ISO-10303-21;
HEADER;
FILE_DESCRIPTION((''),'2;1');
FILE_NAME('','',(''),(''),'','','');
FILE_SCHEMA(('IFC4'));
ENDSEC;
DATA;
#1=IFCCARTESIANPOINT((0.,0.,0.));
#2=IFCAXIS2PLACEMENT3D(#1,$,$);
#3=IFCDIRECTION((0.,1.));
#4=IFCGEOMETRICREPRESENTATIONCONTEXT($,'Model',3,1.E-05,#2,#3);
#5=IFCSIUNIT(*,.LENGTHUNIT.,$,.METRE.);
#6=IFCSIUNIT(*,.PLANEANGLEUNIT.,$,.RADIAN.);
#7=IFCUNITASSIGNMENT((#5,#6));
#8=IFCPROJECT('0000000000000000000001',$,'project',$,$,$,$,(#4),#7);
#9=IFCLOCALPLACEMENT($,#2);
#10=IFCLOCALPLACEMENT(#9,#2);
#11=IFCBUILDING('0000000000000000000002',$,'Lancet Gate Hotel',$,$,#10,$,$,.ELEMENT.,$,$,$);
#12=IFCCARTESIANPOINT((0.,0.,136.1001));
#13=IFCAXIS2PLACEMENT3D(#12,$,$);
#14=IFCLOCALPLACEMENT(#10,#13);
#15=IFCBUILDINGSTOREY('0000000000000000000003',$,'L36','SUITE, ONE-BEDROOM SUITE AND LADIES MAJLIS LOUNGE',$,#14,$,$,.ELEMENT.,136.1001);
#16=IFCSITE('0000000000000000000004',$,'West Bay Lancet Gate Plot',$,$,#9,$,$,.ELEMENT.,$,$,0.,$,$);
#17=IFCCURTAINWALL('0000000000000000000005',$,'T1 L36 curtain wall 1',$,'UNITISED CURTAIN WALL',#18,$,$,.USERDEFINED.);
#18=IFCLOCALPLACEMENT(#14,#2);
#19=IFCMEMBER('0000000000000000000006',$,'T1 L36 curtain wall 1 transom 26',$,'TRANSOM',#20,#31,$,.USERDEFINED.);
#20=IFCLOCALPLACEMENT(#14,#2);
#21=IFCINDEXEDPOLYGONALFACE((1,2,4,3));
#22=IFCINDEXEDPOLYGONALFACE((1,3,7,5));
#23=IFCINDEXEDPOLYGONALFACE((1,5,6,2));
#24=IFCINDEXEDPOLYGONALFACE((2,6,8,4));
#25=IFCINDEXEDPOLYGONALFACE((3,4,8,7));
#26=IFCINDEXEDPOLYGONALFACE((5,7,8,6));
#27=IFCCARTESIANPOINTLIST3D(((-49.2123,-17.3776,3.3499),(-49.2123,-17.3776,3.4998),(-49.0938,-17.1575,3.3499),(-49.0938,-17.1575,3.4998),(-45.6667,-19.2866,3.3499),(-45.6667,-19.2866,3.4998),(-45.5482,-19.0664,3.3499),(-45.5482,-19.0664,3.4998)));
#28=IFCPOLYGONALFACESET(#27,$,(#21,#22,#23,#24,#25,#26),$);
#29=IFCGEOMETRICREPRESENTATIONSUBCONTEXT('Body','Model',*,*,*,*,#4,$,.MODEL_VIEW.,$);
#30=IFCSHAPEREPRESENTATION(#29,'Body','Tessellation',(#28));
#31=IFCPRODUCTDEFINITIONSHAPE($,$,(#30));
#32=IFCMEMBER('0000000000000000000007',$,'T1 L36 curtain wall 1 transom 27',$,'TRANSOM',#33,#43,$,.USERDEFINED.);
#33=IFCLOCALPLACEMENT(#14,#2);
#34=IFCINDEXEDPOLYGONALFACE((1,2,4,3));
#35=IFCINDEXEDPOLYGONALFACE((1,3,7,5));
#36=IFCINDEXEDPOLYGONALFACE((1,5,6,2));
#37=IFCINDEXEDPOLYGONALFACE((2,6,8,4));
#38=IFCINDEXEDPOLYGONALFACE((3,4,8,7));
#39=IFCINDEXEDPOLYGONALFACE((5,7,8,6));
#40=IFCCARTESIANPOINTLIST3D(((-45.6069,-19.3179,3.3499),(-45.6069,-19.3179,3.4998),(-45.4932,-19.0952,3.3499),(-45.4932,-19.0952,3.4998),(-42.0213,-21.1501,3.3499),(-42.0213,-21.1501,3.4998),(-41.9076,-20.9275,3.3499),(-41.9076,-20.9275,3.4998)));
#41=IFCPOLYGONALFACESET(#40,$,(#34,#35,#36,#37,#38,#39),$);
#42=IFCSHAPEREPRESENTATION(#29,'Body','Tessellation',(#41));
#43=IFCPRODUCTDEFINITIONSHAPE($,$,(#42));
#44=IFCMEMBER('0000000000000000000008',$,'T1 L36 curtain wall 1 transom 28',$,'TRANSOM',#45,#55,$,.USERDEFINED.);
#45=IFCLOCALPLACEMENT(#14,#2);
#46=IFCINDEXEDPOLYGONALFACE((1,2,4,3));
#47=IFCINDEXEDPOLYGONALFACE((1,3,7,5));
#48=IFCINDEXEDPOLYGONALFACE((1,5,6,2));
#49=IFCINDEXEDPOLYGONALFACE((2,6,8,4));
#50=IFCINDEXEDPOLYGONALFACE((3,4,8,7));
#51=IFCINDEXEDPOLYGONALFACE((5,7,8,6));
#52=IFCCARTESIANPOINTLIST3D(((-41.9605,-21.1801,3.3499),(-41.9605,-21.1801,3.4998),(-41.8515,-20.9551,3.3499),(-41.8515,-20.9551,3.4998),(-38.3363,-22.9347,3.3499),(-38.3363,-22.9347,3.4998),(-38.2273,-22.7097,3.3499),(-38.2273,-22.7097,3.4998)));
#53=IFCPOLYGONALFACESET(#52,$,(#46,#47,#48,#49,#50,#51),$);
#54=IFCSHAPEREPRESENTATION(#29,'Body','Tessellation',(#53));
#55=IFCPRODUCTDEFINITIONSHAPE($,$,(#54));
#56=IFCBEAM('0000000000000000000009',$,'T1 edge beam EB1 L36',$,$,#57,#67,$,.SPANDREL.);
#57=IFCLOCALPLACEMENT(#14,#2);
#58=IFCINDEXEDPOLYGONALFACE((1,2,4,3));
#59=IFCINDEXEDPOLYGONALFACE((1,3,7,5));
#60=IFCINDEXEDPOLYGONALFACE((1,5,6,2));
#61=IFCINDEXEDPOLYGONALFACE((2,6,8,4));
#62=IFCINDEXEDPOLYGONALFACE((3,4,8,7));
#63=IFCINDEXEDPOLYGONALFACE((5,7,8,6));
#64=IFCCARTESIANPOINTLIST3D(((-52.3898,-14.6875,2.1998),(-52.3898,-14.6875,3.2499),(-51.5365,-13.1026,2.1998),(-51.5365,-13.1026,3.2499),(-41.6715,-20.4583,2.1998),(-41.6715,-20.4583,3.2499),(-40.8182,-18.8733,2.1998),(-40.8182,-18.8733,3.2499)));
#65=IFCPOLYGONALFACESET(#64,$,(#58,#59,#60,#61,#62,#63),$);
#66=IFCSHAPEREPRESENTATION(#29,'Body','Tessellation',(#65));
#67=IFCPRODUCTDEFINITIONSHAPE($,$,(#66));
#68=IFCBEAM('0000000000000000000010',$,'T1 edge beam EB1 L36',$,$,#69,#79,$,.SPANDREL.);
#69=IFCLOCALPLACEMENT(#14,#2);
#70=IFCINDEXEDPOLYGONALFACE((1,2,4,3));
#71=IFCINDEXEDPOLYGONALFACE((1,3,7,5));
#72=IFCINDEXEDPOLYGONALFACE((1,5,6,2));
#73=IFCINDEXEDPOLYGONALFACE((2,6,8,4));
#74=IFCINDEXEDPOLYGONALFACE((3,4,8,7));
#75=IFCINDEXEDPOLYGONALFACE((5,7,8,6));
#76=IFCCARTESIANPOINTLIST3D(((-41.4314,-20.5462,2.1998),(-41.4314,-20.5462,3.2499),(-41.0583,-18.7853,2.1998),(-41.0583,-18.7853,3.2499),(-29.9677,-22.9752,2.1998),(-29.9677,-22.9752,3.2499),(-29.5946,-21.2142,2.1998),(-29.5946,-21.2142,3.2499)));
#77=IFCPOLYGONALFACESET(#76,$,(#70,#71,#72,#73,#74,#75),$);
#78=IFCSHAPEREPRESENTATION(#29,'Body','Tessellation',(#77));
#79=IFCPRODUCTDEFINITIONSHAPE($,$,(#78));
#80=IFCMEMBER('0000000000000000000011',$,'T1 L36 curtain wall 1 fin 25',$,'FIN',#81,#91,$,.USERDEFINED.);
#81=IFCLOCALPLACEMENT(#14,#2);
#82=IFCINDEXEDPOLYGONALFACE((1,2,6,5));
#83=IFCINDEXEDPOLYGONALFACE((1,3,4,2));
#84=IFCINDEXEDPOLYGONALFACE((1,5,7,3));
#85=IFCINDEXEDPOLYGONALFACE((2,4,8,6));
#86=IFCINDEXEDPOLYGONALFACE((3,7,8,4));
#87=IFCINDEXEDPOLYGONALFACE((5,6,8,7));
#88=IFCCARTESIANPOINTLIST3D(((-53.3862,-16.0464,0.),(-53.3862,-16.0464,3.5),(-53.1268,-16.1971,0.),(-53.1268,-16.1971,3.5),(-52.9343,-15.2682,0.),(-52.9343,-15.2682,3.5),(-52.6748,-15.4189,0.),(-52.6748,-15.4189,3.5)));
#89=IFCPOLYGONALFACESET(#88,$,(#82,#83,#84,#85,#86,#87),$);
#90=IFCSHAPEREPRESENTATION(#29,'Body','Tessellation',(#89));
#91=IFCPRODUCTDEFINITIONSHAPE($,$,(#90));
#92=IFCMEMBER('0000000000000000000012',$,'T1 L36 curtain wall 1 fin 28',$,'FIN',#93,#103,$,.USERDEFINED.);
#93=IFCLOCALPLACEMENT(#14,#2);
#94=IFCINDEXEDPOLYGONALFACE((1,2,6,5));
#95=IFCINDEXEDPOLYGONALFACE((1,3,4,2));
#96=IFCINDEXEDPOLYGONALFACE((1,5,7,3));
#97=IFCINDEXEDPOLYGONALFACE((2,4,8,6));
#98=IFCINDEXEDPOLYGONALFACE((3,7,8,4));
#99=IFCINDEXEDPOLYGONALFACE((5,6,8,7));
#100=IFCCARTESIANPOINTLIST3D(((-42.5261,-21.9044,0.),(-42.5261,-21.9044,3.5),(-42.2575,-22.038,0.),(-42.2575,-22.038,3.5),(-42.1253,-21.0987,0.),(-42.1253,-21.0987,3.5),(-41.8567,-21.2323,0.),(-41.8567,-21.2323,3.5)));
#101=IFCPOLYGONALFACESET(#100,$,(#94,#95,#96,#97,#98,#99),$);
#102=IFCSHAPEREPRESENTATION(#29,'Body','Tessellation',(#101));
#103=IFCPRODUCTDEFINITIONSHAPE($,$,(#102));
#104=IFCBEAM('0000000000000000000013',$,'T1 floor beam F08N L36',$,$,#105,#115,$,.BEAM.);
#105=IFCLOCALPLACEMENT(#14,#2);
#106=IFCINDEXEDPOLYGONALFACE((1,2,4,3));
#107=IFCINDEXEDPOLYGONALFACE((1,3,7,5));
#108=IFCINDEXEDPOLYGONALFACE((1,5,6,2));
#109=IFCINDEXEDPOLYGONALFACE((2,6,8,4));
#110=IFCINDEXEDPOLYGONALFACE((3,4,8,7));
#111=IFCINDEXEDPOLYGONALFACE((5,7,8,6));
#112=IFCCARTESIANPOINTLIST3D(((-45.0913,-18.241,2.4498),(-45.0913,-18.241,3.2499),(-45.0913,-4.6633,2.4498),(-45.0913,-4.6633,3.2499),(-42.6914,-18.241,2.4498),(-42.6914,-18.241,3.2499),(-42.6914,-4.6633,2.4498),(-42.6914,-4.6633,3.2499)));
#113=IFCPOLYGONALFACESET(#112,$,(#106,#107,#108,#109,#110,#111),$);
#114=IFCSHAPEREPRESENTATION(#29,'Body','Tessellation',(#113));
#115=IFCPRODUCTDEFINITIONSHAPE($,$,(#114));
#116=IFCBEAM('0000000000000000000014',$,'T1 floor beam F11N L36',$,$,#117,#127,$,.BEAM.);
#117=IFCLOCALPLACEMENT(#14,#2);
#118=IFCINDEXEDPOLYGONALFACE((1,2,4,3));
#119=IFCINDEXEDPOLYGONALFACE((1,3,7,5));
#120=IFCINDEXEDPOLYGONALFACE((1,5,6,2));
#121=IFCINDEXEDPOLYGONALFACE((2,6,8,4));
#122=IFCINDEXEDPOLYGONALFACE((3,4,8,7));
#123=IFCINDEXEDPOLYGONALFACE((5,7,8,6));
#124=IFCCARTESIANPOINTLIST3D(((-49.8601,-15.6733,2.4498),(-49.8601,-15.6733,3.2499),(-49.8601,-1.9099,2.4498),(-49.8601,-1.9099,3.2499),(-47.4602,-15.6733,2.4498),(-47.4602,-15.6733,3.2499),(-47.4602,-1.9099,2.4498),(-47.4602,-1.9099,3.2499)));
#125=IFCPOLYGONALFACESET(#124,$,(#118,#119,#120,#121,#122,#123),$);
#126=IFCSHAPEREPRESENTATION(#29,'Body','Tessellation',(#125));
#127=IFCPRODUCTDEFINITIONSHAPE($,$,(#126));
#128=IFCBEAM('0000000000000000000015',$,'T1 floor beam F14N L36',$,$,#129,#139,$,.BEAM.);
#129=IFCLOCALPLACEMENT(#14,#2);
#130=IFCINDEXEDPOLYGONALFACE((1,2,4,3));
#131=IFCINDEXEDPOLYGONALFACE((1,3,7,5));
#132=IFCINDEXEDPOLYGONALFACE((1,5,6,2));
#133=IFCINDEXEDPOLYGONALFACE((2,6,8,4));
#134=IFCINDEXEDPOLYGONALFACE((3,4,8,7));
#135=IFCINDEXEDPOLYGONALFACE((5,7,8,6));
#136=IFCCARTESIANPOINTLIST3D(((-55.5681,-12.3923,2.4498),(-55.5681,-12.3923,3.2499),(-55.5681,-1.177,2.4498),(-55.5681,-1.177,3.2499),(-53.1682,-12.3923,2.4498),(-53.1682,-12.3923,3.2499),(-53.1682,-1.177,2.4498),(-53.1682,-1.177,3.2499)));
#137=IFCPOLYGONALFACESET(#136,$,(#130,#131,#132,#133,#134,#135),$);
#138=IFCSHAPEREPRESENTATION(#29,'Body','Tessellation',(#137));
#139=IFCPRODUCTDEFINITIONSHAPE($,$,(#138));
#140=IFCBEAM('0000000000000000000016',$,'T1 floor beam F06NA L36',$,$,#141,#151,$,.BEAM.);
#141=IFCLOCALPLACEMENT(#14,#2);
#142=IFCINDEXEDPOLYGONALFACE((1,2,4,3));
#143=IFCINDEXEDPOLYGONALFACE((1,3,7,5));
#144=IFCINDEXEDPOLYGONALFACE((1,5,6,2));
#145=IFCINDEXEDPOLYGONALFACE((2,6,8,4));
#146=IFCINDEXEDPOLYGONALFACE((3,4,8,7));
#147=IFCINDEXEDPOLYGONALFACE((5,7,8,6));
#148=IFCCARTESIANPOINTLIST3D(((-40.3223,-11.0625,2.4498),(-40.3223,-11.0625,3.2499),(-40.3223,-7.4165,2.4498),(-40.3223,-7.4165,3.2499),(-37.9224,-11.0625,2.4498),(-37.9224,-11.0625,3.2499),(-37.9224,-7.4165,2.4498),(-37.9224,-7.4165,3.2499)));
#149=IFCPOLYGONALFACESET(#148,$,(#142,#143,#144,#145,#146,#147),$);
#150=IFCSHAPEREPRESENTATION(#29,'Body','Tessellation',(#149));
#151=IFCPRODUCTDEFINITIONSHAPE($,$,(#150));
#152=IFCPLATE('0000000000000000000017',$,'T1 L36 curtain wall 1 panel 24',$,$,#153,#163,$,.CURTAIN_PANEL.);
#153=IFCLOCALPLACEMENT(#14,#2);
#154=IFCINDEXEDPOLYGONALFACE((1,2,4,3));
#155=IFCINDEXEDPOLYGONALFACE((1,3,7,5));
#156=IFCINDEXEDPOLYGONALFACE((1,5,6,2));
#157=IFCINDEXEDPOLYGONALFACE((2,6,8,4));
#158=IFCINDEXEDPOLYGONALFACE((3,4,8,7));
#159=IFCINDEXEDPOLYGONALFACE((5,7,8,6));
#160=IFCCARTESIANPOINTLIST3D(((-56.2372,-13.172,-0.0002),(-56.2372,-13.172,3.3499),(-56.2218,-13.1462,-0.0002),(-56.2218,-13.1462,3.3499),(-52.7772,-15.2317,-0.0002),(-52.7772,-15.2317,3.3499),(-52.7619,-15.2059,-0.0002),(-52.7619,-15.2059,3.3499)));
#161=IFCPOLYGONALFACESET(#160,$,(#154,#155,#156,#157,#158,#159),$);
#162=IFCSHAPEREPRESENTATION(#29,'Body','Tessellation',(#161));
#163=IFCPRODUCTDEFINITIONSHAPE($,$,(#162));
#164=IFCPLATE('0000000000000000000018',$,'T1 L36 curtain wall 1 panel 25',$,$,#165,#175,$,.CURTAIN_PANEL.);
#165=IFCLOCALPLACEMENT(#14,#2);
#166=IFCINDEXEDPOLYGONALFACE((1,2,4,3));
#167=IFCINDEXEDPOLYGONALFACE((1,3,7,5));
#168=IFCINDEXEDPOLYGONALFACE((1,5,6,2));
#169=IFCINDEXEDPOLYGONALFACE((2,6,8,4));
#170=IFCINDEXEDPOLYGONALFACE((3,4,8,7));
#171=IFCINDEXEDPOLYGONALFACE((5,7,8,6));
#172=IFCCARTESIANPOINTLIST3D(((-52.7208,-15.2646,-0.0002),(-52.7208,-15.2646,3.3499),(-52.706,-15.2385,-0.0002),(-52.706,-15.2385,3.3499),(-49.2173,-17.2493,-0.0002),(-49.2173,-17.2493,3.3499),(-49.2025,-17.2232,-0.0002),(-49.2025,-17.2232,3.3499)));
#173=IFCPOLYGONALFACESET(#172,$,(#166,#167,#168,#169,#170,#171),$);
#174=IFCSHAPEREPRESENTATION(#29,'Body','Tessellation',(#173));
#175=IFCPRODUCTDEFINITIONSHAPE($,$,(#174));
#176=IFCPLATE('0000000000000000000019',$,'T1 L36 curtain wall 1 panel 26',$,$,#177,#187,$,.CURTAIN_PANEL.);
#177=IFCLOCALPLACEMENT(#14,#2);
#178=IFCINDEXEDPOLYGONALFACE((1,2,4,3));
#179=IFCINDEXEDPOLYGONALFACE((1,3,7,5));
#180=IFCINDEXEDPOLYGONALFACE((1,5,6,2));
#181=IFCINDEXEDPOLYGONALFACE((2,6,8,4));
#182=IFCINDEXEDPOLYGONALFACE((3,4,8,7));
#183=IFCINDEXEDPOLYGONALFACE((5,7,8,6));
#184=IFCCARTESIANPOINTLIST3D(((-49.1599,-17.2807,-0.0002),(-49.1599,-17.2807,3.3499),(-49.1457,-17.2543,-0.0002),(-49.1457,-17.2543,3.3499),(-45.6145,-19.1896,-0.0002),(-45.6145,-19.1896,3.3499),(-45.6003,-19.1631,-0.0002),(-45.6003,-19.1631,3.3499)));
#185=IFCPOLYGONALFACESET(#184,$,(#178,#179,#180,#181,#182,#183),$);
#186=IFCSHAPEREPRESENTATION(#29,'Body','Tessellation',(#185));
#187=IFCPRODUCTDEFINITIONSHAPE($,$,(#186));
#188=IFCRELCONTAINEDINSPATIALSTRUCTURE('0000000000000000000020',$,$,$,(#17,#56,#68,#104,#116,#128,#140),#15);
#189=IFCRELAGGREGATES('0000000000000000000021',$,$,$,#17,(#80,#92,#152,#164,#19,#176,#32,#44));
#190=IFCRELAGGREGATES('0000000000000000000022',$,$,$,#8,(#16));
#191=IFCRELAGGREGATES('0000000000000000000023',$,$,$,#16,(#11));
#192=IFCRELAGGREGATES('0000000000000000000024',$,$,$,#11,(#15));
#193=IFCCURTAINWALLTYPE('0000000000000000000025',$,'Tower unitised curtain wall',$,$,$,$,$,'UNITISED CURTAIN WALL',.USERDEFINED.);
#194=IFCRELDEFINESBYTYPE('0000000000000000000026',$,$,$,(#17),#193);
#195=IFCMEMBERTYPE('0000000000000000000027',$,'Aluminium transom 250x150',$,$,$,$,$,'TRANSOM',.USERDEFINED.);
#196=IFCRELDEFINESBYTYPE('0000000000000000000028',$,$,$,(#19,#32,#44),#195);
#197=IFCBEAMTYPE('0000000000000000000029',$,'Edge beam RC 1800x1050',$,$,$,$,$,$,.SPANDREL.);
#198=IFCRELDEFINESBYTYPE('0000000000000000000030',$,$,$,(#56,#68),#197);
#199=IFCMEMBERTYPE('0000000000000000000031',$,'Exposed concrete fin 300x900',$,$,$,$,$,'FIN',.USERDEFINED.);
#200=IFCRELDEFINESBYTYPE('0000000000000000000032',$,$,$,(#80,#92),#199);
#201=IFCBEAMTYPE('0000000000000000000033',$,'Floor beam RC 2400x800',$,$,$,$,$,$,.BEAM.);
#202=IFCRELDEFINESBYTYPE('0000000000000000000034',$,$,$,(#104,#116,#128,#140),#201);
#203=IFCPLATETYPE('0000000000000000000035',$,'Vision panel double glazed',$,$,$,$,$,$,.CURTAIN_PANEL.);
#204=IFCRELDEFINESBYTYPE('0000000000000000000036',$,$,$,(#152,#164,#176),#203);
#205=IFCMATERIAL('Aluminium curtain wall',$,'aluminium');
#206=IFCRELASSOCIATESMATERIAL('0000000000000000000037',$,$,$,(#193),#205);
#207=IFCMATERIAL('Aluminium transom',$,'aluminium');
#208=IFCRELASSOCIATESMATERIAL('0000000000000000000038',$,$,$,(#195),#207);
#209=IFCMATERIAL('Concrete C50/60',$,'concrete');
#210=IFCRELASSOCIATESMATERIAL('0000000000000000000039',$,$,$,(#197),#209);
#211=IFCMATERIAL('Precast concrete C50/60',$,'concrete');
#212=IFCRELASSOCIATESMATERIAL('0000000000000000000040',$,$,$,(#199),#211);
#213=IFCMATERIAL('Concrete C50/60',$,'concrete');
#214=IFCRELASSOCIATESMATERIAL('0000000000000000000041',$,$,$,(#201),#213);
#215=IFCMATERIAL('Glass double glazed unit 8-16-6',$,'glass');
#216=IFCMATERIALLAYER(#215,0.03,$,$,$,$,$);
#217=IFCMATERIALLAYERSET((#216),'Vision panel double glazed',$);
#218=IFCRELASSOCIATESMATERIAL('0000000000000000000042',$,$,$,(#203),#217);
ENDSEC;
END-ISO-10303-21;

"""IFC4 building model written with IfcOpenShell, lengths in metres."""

from ifc_helpers import new_model, si_unit, direction, frame, origin, origin_2d, place, context, subcontext, project, spatial, rectangle, extrude, material, layer, layer_set, material_profile, profile_set, type_object, element, aggregate, save


model = new_model("IFC4")

# Units and contexts
model_context = context("Model", 3, precision=1e-05, world=origin(), true_north=direction((0.0, 1.0)))
body_context = subcontext(model_context, "Body", "Model", "MODEL_VIEW")
ifc_project = project(units=[si_unit("LENGTHUNIT", "METRE"), si_unit("PLANEANGLEUNIT", "RADIAN")], contexts=[model_context])

# Site, building, storey
site_placement = place(None, origin())
site = spatial("IfcSite", under=ifc_project, at=site_placement, Name="West Bay Lancet Gate Plot", CompositionType="ELEMENT", RefElevation=0.0)
building_placement = place(site_placement, origin())
building = spatial("IfcBuilding", under=site, at=building_placement, Name="Lancet Gate Hotel", CompositionType="ELEMENT")
storey_placement = place(building_placement, frame((0.0, 0.0, 136.1001)))
storey = spatial("IfcBuildingStorey", under=building, at=storey_placement, Name="L36", Description="SUITE, ONE-BEDROOM SUITE AND LADIES MAJLIS LOUNGE", CompositionType="ELEMENT", Elevation=136.1001)

# Curtain wall, members
ifc_material_1 = material(Name="Aluminium curtain wall", Category="aluminium")
curtain_wall_type = type_object("IfcCurtainWallType", Name="Tower unitised curtain wall", ElementType="UNITISED CURTAIN WALL", PredefinedType="USERDEFINED", material=ifc_material_1)
curtain_wall_placement = place(storey_placement, origin())
curtain_wall = element("IfcCurtainWall", 1, at=curtain_wall_placement, inside=storey, type_object=curtain_wall_type, Name="T1 L36 curtain wall 1", ObjectType="UNITISED CURTAIN WALL", PredefinedType="USERDEFINED")
ifc_material_2 = material(Name="Aluminium transom", Category="aluminium")
ifc_material_profile_1 = material_profile(ifc_material_2, rectangle(XDim=0.25, YDim=0.1499, at=origin_2d()), Name="TRANSOM 250x150")
ifc_profile_set_1 = profile_set([ifc_material_profile_1], Name="Aluminium transom")
member_type_1 = type_object("IfcMemberType", Name="Aluminium transom 250x150", ElementType="TRANSOM", PredefinedType="USERDEFINED", material=ifc_profile_set_1)
member_1_placement = place(storey_placement, frame((-49.1531, -17.2676, 3.4248), z_axis=(0.880498, -0.474049, 0.0), x_axis=(0.474049, 0.880498, 0.0)))
member_1 = element("IfcMember", 2, at=member_1_placement, type_object=member_type_1, Name="T1 L36 curtain wall 1 transom 26", ObjectType="TRANSOM", PredefinedType="USERDEFINED", context=body_context, shape_type="SweptSolid", body=[
    extrude(rectangle(XDim=0.25, YDim=0.1499, at=origin_2d()), origin(), (0.0, 0.0, 1.0), 4.0269),
])
member_2_placement = place(storey_placement, frame((-45.55, -19.2065, 3.4248), z_axis=(0.890476, -0.45503, 0.0), x_axis=(0.45503, 0.890476, 0.0)))
member_2 = element("IfcMember", 3, at=member_2_placement, type_object=member_type_1, Name="T1 L36 curtain wall 1 transom 27", ObjectType="TRANSOM", PredefinedType="USERDEFINED", context=body_context, shape_type="SweptSolid", body=[
    extrude(rectangle(XDim=0.25, YDim=0.1499, at=origin_2d()), origin(), (0.0, 0.0, 1.0), 4.0266),
])
member_3_placement = place(storey_placement, frame((-41.906, -21.0676, 3.4248), z_axis=(0.900066, -0.435754, 0.0), x_axis=(0.435754, 0.900066, 0.0)))
member_3 = element("IfcMember", 4, at=member_3_placement, type_object=member_type_1, Name="T1 L36 curtain wall 1 transom 28", ObjectType="TRANSOM", PredefinedType="USERDEFINED", context=body_context, shape_type="SweptSolid", body=[
    extrude(rectangle(XDim=0.25, YDim=0.1499, at=origin_2d()), origin(), (0.0, 0.0, 1.0), 4.0266),
])

# Beams
ifc_material_3 = material(Name="Concrete C50/60", Category="concrete")
ifc_material_profile_2 = material_profile(ifc_material_3, rectangle(XDim=1.8, YDim=1.05, at=origin_2d()), Name="RC 1800x1050")
ifc_profile_set_2 = profile_set([ifc_material_profile_2], Name="Concrete C50/60")
beam_type_1 = type_object("IfcBeamType", Name="Edge beam RC 1800x1050", PredefinedType="SPANDREL", material=ifc_profile_set_2)
beam_1_placement = place(storey_placement, frame((-51.9631, -13.895, 2.7249), z_axis=(0.880492, -0.47406, 0.0), x_axis=(0.47406, 0.880492, 0.0)))
element("IfcBeam", 5, at=beam_1_placement, inside=storey, type_object=beam_type_1, Name="T1 edge beam EB1 L36", PredefinedType="SPANDREL", context=body_context, shape_type="SweptSolid", body=[
    extrude(rectangle(XDim=1.8, YDim=1.05, at=origin_2d()), origin(), (0.0, 0.0, 1.0), 12.1731),
])
beam_2_placement = place(storey_placement, frame((-41.2449, -19.6658, 2.7249), z_axis=(0.978282, -0.207278, 0.0), x_axis=(0.207278, 0.978282, 0.0)))
element("IfcBeam", 6, at=beam_2_placement, inside=storey, type_object=beam_type_1, Name="T1 edge beam EB1 L36", PredefinedType="SPANDREL", context=body_context, shape_type="SweptSolid", body=[
    extrude(rectangle(XDim=1.8, YDim=1.05, at=origin_2d()), origin(), (0.0, 0.0, 1.0), 11.7183),
])

# Members
ifc_material_4 = material(Name="Precast concrete C50/60", Category="concrete")
ifc_material_profile_3 = material_profile(ifc_material_4, rectangle(XDim=0.3, YDim=0.8999, at=origin_2d()), Name="FIN 300x900")
ifc_profile_set_3 = profile_set([ifc_material_profile_3], Name="Precast concrete C50/60")
member_type_2 = type_object("IfcMemberType", Name="Exposed concrete fin 300x900", ElementType="FIN", PredefinedType="USERDEFINED", material=ifc_profile_set_3)
member_4_placement = place(storey_placement, frame((-53.0305, -15.7327, 0.0), z_axis=(0.0, 0.0, 1.0), x_axis=(0.864728, -0.502241, 0.0)))
member_4 = element("IfcMember", 7, at=member_4_placement, type_object=member_type_2, Name="T1 L36 curtain wall 1 fin 25", ObjectType="FIN", PredefinedType="USERDEFINED", context=body_context, shape_type="SweptSolid", body=[
    extrude(rectangle(XDim=0.3, YDim=0.8999, at=origin_2d()), origin(), (0.0, 0.0, 1.0), 3.5),
])
member_5_placement = place(storey_placement, frame((-42.1914, -21.5684, 0.0), z_axis=(0.0, 0.0, 1.0), x_axis=(0.895339, -0.445384, 0.0)))
member_5 = element("IfcMember", 8, at=member_5_placement, type_object=member_type_2, Name="T1 L36 curtain wall 1 fin 28", ObjectType="FIN", PredefinedType="USERDEFINED", context=body_context, shape_type="SweptSolid", body=[
    extrude(rectangle(XDim=0.3, YDim=0.8999, at=origin_2d()), origin(), (0.0, 0.0, 1.0), 3.5),
])

# Beams
ifc_material_5 = material(Name="Concrete C50/60", Category="concrete")
ifc_material_profile_4 = material_profile(ifc_material_5, rectangle(XDim=2.3999, YDim=0.8, at=origin_2d()), Name="RC 2400x800")
ifc_profile_set_4 = profile_set([ifc_material_profile_4], Name="Concrete C50/60")
beam_type_2 = type_object("IfcBeamType", Name="Floor beam RC 2400x800", PredefinedType="BEAM", material=ifc_profile_set_4)
beam_3_placement = place(storey_placement, frame((-43.8914, -4.6633, 2.8499), z_axis=(0.0, -1.0, 0.0), x_axis=(1.0, 0.0, 0.0)))
element("IfcBeam", 9, at=beam_3_placement, inside=storey, type_object=beam_type_2, Name="T1 floor beam F08N L36", PredefinedType="BEAM", context=body_context, shape_type="SweptSolid", body=[
    extrude(rectangle(XDim=2.3999, YDim=0.8, at=origin_2d()), origin(), (0.0, 0.0, 1.0), 13.5776),
])
beam_4_placement = place(storey_placement, frame((-48.6602, -1.9099, 2.8499), z_axis=(0.0, -1.0, 0.0), x_axis=(1.0, 0.0, 0.0)))
element("IfcBeam", 10, at=beam_4_placement, inside=storey, type_object=beam_type_2, Name="T1 floor beam F11N L36", PredefinedType="BEAM", context=body_context, shape_type="SweptSolid", body=[
    extrude(rectangle(XDim=2.3999, YDim=0.8, at=origin_2d()), origin(), (0.0, 0.0, 1.0), 13.7634),
])
beam_5_placement = place(storey_placement, frame((-54.3682, -1.177, 2.8499), z_axis=(0.0, -1.0, 0.0), x_axis=(1.0, 0.0, 0.0)))
element("IfcBeam", 11, at=beam_5_placement, inside=storey, type_object=beam_type_2, Name="T1 floor beam F14N L36", PredefinedType="BEAM", context=body_context, shape_type="SweptSolid", body=[
    extrude(rectangle(XDim=2.3999, YDim=0.8, at=origin_2d()), origin(), (0.0, 0.0, 1.0), 11.2153),
])
beam_6_placement = place(storey_placement, frame((-39.1223, -7.4165, 2.8499), z_axis=(0.0, -1.0, 0.0), x_axis=(1.0, 0.0, 0.0)))
element("IfcBeam", 12, at=beam_6_placement, inside=storey, type_object=beam_type_2, Name="T1 floor beam F06NA L36", PredefinedType="BEAM", context=body_context, shape_type="SweptSolid", body=[
    extrude(rectangle(XDim=2.3999, YDim=0.8, at=origin_2d()), origin(), (0.0, 0.0, 1.0), 3.646),
])

# Plates
ifc_material_6 = material(Name="Glass double glazed unit 8-16-6", Category="glass")
ifc_layer_1 = layer(ifc_material_6, 0.03)
ifc_layer_set_1 = layer_set([ifc_layer_1], Name="Vision panel double glazed")
plate_type = type_object("IfcPlateType", Name="Vision panel double glazed", PredefinedType="CURTAIN_PANEL", material=ifc_layer_set_1)
plate_1_placement = place(storey_placement, frame((-54.4995, -14.189, -0.0002), z_axis=(0.0, 0.0, 1.0), x_axis=(0.859271, -0.51152, 0.0)))
plate_1 = element("IfcPlate", 13, at=plate_1_placement, type_object=plate_type, Name="T1 L36 curtain wall 1 panel 24", PredefinedType="CURTAIN_PANEL", context=body_context, shape_type="SweptSolid", body=[
    extrude(rectangle(XDim=4.0266, YDim=0.03, at=origin_2d()), origin(), (0.0, 0.0, 1.0), 3.3501),
])
plate_2_placement = place(storey_placement, frame((-50.9617, -16.2439, -0.0002), z_axis=(0.0, 0.0, 1.0), x_axis=(0.870084, -0.492904, 0.0)))
plate_2 = element("IfcPlate", 14, at=plate_2_placement, type_object=plate_type, Name="T1 L36 curtain wall 1 panel 25", PredefinedType="CURTAIN_PANEL", context=body_context, shape_type="SweptSolid", body=[
    extrude(rectangle(XDim=4.0266, YDim=0.03, at=origin_2d()), origin(), (0.0, 0.0, 1.0), 3.3501),
])
plate_3_placement = place(storey_placement, frame((-47.3801, -18.2219, -0.0002), z_axis=(0.0, 0.0, 1.0), x_axis=(0.880493, -0.47406, 0.0)))
plate_3 = element("IfcPlate", 15, at=plate_3_placement, type_object=plate_type, Name="T1 L36 curtain wall 1 panel 26", PredefinedType="CURTAIN_PANEL", context=body_context, shape_type="SweptSolid", body=[
    extrude(rectangle(XDim=4.0266, YDim=0.03, at=origin_2d()), origin(), (0.0, 0.0, 1.0), 3.3501),
])
aggregate(curtain_wall, [member_4, member_5, plate_1, plate_2, member_1, plate_3, member_2, member_3])

save(model, "model.ifc")
